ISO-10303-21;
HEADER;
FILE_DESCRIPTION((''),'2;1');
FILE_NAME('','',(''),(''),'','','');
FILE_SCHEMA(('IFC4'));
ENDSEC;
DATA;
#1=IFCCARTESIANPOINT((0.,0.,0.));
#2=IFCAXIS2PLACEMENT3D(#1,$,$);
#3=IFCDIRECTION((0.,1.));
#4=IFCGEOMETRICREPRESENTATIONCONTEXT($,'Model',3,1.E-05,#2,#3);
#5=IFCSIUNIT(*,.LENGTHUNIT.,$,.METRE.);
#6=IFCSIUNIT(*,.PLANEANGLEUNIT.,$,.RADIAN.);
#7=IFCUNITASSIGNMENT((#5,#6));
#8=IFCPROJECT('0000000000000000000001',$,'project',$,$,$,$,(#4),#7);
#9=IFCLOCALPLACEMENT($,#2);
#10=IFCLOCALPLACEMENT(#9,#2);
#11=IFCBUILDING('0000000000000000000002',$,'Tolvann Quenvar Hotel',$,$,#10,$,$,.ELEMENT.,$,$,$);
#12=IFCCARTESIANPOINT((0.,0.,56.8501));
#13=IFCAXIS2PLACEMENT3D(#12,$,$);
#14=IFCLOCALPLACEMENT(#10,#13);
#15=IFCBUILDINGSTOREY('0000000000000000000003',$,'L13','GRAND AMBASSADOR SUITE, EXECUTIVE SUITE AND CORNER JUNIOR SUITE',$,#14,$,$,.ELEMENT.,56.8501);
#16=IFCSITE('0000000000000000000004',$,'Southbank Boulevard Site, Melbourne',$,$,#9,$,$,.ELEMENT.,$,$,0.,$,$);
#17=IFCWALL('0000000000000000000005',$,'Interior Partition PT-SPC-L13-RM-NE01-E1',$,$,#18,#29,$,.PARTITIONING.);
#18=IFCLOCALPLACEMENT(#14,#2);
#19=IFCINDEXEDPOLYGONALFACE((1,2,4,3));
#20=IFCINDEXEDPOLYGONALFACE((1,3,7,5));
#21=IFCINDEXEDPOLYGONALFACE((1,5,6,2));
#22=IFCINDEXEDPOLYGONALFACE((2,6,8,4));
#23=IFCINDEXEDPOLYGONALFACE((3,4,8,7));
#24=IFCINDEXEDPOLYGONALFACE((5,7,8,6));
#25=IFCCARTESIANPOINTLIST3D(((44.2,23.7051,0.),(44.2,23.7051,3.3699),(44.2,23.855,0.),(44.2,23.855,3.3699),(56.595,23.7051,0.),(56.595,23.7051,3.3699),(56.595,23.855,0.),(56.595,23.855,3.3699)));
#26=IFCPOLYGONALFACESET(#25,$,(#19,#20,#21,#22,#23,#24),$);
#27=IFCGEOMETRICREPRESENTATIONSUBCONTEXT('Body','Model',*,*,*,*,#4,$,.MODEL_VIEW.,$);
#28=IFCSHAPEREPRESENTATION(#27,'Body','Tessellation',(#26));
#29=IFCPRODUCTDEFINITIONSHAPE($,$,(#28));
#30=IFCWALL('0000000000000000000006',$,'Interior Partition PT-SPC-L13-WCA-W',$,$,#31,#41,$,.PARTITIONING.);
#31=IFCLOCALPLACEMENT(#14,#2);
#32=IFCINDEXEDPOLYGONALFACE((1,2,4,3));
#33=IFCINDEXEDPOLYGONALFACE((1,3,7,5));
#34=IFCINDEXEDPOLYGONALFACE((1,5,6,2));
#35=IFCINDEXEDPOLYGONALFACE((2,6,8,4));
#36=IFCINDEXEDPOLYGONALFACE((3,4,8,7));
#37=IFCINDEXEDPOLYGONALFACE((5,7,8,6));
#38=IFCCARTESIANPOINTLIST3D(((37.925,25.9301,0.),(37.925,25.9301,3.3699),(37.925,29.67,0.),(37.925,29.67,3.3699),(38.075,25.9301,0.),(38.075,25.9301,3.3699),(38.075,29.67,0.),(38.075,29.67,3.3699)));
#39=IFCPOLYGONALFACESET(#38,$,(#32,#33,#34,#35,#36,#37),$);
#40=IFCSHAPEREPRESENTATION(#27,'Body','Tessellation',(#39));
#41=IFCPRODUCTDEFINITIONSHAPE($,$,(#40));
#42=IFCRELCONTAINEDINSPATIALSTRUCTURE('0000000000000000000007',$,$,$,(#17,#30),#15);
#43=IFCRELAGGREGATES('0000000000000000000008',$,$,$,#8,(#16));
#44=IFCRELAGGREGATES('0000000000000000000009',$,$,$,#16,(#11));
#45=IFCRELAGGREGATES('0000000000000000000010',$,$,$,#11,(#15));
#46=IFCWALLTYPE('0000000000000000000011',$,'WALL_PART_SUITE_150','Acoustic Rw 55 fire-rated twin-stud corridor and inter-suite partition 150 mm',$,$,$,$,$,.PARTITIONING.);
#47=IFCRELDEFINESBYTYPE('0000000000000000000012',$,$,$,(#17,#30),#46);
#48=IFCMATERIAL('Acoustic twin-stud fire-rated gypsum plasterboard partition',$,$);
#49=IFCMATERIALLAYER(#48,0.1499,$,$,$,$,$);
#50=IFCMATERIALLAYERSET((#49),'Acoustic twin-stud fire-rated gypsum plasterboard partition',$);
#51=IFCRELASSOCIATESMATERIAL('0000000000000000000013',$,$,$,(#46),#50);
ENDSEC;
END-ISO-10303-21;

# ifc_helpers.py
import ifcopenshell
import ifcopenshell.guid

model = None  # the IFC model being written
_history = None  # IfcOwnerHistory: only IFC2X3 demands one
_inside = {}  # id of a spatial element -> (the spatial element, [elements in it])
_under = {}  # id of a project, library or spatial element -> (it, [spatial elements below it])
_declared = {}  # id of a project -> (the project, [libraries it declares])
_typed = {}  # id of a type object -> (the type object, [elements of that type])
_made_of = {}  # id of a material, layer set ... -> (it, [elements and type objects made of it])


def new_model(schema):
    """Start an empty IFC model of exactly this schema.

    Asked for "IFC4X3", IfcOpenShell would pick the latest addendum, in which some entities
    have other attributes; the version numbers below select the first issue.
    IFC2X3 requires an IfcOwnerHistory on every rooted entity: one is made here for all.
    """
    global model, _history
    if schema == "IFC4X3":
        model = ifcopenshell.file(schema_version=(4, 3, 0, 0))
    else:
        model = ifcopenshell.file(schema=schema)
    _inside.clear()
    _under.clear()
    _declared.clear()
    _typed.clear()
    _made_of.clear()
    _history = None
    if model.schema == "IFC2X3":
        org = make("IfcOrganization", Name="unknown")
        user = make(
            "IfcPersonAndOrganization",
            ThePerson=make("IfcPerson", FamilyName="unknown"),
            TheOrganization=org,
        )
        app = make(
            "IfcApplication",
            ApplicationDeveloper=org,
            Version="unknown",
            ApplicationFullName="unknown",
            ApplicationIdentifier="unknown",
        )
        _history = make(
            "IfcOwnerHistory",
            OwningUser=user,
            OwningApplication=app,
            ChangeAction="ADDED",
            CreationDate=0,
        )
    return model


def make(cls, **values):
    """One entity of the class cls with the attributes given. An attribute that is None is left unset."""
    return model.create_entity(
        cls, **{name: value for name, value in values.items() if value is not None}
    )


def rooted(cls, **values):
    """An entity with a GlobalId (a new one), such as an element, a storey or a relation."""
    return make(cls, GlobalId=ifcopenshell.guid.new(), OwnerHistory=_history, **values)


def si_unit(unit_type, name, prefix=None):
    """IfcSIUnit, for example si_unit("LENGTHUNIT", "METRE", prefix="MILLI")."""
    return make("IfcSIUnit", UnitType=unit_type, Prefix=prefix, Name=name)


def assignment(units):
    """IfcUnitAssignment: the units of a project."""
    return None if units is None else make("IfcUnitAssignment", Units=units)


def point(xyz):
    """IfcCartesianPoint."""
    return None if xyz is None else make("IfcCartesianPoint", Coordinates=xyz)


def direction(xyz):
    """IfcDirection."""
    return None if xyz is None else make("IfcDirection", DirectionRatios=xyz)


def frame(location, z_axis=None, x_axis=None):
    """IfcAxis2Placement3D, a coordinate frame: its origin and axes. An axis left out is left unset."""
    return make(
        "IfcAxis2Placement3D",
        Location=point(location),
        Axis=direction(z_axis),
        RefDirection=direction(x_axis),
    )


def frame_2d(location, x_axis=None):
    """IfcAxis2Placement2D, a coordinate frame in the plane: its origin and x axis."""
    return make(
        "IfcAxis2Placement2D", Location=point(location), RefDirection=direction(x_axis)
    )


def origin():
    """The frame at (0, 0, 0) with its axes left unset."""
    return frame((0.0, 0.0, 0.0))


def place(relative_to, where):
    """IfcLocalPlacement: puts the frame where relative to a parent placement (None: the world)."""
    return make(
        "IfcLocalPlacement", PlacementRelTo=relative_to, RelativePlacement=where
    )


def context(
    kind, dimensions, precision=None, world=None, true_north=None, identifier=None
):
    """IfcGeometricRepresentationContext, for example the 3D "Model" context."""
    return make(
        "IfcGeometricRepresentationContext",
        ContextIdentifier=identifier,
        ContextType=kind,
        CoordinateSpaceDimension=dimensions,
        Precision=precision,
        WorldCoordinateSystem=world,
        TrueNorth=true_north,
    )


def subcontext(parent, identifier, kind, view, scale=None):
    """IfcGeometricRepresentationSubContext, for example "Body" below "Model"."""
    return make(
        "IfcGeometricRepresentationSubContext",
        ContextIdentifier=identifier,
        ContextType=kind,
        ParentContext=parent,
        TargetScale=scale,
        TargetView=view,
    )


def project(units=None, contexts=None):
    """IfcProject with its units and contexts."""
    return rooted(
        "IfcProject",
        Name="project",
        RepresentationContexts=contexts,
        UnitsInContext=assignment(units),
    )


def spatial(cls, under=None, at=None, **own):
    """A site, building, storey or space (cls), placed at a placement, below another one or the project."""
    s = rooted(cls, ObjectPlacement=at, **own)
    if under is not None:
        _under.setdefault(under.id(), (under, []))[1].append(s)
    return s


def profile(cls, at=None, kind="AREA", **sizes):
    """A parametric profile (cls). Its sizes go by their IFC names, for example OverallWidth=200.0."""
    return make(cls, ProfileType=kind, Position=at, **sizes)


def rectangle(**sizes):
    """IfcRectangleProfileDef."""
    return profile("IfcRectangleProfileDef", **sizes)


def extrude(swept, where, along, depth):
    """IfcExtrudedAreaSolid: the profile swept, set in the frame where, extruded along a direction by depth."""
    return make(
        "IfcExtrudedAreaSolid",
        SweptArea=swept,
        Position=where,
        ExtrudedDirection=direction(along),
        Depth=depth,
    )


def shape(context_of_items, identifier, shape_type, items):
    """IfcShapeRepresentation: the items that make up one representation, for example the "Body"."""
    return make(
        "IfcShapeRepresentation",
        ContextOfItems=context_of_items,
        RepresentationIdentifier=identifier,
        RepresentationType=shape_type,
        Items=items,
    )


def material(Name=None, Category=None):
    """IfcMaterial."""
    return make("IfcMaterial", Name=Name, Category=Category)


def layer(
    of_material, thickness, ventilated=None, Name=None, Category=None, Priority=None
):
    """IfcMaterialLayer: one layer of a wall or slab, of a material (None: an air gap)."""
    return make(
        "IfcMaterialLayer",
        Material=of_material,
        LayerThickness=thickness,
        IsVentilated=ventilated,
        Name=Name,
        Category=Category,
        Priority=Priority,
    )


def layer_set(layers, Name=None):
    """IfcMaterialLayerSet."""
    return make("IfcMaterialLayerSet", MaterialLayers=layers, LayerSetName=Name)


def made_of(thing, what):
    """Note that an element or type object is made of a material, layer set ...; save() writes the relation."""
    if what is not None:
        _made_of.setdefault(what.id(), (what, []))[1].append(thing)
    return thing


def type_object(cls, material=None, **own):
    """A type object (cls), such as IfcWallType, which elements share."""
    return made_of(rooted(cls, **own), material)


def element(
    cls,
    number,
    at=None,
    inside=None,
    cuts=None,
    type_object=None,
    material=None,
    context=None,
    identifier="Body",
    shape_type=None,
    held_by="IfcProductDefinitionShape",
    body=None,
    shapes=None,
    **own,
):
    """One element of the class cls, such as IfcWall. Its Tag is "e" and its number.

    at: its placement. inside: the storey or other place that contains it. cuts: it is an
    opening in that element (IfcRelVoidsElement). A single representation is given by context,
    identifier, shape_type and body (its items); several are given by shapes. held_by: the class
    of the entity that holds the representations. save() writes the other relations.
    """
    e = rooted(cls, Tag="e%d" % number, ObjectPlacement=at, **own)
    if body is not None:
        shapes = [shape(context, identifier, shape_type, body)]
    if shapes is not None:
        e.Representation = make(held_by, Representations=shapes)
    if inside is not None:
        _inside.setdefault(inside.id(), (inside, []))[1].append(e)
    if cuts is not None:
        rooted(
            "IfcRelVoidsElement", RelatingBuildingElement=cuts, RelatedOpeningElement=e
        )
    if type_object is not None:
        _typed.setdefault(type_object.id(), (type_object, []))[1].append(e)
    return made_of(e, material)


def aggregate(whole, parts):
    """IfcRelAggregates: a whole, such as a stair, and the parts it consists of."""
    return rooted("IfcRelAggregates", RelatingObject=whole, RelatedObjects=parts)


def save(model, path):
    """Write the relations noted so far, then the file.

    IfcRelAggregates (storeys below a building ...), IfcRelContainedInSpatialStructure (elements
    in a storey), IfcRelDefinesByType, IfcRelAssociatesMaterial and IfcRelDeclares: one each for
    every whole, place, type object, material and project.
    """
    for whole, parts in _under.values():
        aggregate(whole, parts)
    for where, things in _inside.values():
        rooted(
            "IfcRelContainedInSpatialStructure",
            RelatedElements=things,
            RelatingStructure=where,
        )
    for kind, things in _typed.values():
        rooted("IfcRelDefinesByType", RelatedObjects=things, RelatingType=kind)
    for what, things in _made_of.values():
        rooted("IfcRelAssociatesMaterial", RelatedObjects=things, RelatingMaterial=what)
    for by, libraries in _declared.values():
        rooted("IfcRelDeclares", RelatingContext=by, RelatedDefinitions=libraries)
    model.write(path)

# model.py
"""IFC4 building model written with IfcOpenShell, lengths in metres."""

from ifc_helpers import new_model, si_unit, direction, frame, frame_2d, origin, place, context, subcontext, project, spatial, rectangle, extrude, material, layer, layer_set, type_object, element, save


model = new_model("IFC4")

# Units and contexts
model_context = context("Model", 3, precision=1e-05, world=origin(), true_north=direction((0.0, 1.0)))
body_context = subcontext(model_context, "Body", "Model", "MODEL_VIEW")
ifc_project = project(units=[si_unit("LENGTHUNIT", "METRE"), si_unit("PLANEANGLEUNIT", "RADIAN")], contexts=[model_context])

# Site, building, storey
site_placement = place(None, origin())
site = spatial("IfcSite", under=ifc_project, at=site_placement, Name="Southbank Boulevard Site, Melbourne", CompositionType="ELEMENT", RefElevation=0.0)
building_placement = place(site_placement, origin())
building = spatial("IfcBuilding", under=site, at=building_placement, Name="Tolvann Quenvar Hotel", CompositionType="ELEMENT")
storey_placement = place(building_placement, frame((0.0, 0.0, 56.8501)))
storey = spatial("IfcBuildingStorey", under=building, at=storey_placement, Name="L13", Description="GRAND AMBASSADOR SUITE, EXECUTIVE SUITE AND CORNER JUNIOR SUITE", CompositionType="ELEMENT", Elevation=56.8501)

# Shared definitions
ifc_material_1 = material(Name="Acoustic twin-stud fire-rated gypsum plasterboard partition")
ifc_layer_1 = layer(ifc_material_1, 0.1499)
ifc_layer_set_1 = layer_set([ifc_layer_1], Name="Acoustic twin-stud fire-rated gypsum plasterboard partition")
wall_type_1 = type_object("IfcWallType", Name="WALL_PART_SUITE_150", Description="Acoustic Rw 55 fire-rated twin-stud corridor and inter-suite partition 150 mm", PredefinedType="PARTITIONING", material=ifc_layer_set_1)

# Walls
wall_1_placement = place(storey_placement, frame((44.2, 23.78, 0.0), z_axis=(0.0, 0.0, 1.0), x_axis=(1.0, 0.0, 0.0)))
element("IfcWall", 1, at=wall_1_placement, inside=storey, type_object=wall_type_1, Name="Interior Partition PT-SPC-L13-RM-NE01-E1", PredefinedType="PARTITIONING", context=body_context, shape_type="SweptSolid", body=[
    extrude(rectangle(XDim=12.395, YDim=0.1499, at=frame_2d((6.1975, 0.0))), origin(), (0.0, 0.0, 1.0), 3.3699),
])
wall_2_placement = place(storey_placement, frame((38.0, 25.9299, 0.0), z_axis=(0.0, 0.0, 1.0), x_axis=(0.0, 1.0, 0.0)))
element("IfcWall", 2, at=wall_2_placement, inside=storey, type_object=wall_type_1, Name="Interior Partition PT-SPC-L13-WCA-W", PredefinedType="PARTITIONING", context=body_context, shape_type="SweptSolid", body=[
    extrude(rectangle(XDim=3.74, YDim=0.1499, at=frame_2d((1.8701, 0.0))), origin(), (0.0, 0.0, 1.0), 3.3699),
])

save(model, "model.ifc")
